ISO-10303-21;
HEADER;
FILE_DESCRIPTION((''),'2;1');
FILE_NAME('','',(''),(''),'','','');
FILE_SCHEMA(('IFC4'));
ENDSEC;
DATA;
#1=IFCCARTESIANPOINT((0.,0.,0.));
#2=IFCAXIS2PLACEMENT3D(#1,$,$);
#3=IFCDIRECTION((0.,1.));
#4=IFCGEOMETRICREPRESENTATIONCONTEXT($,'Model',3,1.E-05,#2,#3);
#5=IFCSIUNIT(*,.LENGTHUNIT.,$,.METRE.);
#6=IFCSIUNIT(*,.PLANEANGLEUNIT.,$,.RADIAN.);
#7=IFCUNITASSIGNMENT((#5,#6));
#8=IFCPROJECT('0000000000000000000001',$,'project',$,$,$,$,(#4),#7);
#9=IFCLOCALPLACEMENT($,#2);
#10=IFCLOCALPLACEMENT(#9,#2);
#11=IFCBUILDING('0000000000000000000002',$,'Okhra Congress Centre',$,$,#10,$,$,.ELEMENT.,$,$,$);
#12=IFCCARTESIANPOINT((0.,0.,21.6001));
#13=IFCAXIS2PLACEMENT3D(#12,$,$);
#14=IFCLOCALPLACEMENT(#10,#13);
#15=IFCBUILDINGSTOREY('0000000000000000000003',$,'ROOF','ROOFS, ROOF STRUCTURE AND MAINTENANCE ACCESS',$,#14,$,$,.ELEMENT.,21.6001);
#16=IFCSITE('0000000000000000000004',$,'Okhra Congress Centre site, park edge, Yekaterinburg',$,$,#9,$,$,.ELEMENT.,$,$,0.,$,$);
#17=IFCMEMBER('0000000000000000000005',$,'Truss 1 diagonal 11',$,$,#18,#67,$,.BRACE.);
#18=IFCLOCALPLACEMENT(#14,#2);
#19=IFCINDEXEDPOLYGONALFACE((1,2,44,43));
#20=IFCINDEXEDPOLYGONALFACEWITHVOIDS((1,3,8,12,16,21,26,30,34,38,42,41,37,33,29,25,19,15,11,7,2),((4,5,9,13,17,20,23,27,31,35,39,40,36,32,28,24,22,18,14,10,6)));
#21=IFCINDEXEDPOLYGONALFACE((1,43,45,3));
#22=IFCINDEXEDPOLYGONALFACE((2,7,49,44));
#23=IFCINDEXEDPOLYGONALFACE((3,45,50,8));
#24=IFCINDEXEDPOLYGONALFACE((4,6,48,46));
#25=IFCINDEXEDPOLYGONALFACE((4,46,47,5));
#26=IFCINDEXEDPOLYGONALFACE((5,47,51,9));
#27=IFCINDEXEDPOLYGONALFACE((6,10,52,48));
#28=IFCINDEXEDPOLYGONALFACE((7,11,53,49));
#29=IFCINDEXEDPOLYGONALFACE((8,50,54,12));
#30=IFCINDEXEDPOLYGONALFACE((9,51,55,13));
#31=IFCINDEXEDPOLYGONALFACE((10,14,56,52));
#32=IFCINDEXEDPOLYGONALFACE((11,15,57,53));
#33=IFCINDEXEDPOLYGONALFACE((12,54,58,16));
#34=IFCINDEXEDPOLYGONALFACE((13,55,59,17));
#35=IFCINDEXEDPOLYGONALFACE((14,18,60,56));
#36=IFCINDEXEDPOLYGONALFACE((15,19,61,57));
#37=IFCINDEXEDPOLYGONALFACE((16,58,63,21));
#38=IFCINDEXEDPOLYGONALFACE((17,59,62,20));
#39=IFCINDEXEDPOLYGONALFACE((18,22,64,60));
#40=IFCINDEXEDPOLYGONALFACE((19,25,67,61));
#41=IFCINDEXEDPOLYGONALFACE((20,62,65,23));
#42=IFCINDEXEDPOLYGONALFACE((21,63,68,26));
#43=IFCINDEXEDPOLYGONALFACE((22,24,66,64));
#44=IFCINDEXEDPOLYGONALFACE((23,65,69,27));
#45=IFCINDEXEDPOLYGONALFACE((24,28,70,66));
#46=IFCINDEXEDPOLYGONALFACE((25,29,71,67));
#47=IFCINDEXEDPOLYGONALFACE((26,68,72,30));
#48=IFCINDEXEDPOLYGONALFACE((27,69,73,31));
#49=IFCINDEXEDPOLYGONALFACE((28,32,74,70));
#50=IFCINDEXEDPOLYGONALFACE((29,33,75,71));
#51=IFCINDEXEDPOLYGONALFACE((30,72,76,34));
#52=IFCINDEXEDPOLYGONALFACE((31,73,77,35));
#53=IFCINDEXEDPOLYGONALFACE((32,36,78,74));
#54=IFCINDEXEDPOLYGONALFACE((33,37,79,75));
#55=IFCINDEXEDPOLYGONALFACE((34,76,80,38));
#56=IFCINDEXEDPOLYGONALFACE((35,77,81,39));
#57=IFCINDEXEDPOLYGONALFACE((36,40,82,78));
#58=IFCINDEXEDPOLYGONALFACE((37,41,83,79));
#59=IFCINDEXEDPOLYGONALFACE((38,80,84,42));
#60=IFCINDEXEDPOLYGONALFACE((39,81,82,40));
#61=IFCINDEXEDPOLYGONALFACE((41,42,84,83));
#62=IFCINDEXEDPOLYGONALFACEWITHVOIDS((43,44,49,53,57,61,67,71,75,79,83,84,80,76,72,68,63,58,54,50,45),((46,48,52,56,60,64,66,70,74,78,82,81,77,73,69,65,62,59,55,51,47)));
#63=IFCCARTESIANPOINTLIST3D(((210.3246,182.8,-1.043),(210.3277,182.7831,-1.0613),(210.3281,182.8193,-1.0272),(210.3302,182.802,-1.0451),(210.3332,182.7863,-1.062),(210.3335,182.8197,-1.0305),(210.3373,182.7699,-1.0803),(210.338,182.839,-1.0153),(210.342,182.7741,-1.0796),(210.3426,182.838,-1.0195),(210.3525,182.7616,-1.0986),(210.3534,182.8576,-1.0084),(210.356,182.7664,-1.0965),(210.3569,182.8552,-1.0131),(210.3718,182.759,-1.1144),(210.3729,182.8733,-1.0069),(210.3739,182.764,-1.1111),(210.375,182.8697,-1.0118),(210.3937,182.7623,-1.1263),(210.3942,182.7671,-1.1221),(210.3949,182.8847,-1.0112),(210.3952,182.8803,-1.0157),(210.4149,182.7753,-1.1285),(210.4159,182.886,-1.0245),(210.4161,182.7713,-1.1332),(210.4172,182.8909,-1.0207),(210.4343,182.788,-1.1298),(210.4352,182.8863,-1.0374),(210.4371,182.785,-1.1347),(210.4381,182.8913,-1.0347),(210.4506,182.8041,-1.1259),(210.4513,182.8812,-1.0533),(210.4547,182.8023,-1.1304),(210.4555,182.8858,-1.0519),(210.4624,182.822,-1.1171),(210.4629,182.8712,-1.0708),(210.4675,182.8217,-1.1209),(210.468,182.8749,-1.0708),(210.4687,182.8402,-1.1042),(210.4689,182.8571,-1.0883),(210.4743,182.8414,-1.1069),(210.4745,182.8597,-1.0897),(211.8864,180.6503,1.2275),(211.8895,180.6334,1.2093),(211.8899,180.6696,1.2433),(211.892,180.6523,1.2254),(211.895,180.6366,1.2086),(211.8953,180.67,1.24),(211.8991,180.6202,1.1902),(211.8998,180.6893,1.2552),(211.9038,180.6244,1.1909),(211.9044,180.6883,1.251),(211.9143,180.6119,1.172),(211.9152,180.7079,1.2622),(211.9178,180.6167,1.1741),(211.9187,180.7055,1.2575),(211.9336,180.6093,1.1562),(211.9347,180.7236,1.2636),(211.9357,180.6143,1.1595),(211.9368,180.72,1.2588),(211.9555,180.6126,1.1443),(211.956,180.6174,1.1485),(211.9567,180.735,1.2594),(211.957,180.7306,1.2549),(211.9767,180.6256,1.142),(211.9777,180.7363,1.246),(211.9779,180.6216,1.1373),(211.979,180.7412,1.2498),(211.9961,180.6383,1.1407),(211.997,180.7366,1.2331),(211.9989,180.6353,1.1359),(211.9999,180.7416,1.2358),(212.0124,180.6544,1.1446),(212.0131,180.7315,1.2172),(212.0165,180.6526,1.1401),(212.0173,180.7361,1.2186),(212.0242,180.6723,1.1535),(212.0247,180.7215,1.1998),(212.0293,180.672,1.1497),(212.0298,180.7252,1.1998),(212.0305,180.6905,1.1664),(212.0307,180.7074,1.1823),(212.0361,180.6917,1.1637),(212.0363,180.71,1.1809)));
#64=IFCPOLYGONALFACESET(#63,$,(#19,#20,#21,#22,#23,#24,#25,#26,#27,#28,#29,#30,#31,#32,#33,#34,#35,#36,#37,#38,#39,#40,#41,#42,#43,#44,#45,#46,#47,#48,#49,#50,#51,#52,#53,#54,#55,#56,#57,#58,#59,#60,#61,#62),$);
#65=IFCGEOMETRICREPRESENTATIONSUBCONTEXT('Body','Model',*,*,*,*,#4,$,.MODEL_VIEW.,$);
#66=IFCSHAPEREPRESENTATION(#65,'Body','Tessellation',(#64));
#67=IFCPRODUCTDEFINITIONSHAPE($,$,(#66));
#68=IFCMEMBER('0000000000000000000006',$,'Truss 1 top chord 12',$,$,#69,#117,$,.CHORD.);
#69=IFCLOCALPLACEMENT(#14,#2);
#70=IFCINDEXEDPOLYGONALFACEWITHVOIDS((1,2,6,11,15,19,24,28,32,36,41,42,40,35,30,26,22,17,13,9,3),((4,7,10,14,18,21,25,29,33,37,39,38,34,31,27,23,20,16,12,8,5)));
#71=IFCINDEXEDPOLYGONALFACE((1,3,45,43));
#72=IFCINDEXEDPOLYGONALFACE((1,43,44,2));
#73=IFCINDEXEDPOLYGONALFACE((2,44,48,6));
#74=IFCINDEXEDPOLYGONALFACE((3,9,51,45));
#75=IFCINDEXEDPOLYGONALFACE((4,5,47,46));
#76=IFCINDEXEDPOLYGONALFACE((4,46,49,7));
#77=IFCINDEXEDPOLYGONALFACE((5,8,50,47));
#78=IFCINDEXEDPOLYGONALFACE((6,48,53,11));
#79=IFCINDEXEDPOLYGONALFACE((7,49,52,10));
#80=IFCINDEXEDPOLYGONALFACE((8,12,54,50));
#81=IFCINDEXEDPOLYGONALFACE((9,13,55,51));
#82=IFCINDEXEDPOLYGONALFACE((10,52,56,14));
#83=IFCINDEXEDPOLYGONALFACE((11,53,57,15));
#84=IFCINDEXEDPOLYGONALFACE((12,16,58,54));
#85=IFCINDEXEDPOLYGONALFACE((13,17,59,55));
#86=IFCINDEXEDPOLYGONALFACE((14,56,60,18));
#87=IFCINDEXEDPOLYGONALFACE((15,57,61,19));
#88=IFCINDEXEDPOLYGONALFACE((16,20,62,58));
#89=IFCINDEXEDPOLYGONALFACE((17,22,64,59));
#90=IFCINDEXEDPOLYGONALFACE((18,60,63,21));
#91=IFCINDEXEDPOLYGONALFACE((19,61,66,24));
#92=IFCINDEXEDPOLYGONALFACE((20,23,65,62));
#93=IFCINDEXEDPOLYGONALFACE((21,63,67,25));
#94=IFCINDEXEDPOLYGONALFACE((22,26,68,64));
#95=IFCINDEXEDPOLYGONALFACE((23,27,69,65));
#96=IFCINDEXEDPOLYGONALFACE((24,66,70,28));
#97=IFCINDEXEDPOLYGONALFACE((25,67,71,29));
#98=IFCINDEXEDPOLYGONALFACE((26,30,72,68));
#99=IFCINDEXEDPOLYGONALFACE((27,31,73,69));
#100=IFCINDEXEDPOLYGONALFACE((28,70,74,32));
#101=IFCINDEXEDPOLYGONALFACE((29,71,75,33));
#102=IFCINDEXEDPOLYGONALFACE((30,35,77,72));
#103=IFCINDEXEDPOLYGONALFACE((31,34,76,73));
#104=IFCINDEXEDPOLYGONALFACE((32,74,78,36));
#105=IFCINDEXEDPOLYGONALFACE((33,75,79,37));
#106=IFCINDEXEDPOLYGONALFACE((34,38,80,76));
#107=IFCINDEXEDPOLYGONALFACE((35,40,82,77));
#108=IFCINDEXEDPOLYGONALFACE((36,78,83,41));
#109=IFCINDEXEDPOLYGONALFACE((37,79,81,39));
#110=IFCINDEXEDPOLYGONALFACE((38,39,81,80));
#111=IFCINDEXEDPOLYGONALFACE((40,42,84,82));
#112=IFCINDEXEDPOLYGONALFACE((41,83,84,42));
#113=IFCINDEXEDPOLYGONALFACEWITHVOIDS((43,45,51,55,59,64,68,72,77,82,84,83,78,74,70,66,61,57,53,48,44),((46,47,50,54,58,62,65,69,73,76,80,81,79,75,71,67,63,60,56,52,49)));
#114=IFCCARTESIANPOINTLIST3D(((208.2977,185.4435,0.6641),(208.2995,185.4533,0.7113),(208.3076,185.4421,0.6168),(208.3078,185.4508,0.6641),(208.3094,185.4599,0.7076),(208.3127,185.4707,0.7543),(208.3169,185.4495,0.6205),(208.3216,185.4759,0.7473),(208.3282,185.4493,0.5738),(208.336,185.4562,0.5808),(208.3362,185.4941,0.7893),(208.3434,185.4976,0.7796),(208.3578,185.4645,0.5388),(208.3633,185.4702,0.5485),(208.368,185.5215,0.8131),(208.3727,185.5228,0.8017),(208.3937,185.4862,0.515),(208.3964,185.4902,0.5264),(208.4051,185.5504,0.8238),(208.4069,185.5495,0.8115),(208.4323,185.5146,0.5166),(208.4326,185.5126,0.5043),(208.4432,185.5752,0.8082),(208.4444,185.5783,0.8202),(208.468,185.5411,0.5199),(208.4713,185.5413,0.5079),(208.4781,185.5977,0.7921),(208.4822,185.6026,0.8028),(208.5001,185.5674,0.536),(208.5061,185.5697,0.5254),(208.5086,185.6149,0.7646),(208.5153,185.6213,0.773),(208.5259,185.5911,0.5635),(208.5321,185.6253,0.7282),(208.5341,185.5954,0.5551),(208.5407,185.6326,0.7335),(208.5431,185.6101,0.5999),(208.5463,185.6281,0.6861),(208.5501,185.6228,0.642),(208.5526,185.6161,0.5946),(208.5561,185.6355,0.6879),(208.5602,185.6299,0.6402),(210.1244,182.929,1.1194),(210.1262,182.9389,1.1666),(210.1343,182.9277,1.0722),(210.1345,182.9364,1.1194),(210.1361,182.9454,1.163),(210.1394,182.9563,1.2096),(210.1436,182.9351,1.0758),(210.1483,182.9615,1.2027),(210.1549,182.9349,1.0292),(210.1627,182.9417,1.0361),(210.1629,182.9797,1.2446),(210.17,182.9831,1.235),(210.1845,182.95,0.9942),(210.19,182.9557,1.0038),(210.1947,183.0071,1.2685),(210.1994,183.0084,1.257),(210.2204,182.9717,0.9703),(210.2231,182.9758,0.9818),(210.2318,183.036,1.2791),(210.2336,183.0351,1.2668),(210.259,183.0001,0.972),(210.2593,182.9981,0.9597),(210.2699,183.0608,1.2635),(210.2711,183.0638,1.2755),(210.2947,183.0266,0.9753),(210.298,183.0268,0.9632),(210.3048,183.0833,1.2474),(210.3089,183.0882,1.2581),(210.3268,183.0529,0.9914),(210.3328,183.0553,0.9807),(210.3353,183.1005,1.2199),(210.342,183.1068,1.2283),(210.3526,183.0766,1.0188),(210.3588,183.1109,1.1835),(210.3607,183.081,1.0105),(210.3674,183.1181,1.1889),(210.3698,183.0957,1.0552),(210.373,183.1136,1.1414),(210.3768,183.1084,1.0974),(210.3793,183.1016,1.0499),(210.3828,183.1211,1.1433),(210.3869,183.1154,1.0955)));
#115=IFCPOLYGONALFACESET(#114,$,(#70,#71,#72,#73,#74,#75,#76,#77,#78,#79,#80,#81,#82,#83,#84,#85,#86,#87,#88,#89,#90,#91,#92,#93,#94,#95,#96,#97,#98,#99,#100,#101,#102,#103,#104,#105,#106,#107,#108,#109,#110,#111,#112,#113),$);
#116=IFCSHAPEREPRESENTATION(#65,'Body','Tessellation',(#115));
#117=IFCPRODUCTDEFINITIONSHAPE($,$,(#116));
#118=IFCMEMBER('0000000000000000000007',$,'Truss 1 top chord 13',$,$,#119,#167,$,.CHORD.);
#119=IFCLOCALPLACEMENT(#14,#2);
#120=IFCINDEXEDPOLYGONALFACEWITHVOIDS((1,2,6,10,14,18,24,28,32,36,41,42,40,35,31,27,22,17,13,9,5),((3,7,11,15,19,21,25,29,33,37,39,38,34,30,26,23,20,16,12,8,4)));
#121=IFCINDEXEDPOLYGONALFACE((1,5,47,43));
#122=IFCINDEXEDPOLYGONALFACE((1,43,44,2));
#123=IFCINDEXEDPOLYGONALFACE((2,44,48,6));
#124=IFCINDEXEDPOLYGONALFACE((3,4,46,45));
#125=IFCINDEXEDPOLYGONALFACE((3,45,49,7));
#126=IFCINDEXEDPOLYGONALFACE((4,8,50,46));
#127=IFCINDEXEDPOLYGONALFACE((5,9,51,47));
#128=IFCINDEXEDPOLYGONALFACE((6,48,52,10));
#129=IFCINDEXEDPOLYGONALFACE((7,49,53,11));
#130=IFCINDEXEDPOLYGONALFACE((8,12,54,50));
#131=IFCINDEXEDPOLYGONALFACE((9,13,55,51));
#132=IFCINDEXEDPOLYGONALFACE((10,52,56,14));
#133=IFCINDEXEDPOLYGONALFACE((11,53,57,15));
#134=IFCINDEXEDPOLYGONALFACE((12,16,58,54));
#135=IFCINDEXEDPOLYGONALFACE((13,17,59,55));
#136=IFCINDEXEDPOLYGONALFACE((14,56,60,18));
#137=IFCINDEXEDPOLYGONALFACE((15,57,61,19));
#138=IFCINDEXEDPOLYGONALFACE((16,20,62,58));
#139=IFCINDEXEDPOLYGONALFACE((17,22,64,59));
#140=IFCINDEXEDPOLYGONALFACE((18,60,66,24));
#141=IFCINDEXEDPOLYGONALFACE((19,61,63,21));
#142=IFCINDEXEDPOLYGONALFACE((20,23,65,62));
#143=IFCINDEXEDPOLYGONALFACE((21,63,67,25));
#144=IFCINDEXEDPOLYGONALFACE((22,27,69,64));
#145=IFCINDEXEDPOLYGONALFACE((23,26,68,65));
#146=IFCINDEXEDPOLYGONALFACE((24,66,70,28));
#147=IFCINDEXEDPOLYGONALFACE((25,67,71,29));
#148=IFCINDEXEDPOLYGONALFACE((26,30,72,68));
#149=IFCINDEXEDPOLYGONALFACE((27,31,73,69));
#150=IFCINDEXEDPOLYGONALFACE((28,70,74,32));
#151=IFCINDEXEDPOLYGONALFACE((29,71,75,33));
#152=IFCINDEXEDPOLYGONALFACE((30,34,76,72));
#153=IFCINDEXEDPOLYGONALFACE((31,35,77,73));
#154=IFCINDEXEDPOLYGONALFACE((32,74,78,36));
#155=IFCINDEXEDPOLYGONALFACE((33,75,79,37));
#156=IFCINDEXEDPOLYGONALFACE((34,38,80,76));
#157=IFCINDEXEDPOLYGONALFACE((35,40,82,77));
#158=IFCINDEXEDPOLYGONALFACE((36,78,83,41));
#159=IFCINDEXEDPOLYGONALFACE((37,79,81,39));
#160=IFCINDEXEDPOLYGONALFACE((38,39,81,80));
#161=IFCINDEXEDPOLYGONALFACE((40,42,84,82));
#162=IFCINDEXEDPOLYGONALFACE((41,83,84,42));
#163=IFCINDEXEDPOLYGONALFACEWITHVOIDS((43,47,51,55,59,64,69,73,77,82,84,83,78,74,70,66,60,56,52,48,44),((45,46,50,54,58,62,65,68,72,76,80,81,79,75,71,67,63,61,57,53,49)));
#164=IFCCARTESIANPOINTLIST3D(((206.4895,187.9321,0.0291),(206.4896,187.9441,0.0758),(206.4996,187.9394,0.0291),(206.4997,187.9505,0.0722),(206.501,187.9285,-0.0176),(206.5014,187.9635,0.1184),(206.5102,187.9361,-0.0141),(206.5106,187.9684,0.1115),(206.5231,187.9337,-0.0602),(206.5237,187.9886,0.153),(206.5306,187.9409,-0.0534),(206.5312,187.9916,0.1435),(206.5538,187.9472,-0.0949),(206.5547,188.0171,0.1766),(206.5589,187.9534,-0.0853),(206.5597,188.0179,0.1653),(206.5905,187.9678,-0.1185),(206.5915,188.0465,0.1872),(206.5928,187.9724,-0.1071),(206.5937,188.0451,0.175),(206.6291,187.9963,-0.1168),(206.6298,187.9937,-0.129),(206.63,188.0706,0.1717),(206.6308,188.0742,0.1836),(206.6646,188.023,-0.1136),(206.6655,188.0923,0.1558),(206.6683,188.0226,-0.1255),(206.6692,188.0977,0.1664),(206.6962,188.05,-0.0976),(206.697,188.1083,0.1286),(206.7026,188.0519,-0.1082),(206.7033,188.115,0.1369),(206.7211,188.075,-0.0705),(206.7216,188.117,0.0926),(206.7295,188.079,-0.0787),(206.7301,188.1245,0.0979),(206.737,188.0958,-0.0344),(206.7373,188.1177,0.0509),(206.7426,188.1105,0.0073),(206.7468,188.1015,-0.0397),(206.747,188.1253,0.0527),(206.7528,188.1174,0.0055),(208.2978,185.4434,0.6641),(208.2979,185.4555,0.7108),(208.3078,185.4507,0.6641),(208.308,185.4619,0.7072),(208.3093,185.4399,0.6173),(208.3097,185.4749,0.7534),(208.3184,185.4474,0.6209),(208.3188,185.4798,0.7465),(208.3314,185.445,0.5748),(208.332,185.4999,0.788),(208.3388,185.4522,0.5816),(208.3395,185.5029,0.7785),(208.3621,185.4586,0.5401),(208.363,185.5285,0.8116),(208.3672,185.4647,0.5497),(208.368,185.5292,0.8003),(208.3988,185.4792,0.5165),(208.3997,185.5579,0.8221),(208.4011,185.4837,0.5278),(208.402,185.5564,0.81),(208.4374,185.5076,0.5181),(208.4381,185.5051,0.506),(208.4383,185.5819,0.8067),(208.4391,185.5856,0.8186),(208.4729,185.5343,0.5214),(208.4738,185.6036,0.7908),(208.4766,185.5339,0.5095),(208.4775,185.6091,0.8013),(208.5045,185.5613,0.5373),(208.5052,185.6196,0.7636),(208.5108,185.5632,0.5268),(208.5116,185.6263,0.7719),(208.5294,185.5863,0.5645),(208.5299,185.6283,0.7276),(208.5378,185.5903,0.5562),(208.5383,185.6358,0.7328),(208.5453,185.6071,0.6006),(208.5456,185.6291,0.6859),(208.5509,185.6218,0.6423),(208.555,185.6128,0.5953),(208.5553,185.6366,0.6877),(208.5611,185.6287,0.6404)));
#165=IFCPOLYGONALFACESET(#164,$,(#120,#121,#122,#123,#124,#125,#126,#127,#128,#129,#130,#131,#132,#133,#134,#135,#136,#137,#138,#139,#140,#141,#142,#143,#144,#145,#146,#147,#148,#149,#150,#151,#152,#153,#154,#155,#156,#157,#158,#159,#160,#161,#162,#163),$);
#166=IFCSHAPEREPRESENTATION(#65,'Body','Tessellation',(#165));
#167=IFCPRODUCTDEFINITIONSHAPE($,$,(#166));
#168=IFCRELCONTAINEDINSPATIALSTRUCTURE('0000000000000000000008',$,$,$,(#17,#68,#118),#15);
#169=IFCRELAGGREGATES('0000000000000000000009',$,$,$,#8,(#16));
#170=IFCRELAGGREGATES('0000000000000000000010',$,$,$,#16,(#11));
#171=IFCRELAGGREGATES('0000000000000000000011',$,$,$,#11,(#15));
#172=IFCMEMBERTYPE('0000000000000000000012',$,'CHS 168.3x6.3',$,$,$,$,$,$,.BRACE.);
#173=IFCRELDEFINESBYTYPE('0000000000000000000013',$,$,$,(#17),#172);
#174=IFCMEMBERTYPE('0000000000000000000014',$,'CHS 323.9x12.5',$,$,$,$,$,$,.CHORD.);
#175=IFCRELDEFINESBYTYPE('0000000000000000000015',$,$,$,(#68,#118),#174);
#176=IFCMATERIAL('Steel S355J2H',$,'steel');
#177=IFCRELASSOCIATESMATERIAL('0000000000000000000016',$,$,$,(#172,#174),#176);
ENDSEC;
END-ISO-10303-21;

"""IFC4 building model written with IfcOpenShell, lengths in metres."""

from ifc_helpers import new_model, si_unit, direction, frame, origin, origin_2d, place, context, subcontext, project, spatial, hollow_circle, extrude, material, material_profile, profile_set, type_object, element, save


model = new_model("IFC4")

# Units and contexts
model_context = context("Model", 3, precision=1e-05, world=origin(), true_north=direction((0.0, 1.0)))
body_context = subcontext(model_context, "Body", "Model", "MODEL_VIEW")
ifc_project = project(units=[si_unit("LENGTHUNIT", "METRE"), si_unit("PLANEANGLEUNIT", "RADIAN")], contexts=[model_context])

# Site, building, storey
site_placement = place(None, origin())
site = spatial("IfcSite", under=ifc_project, at=site_placement, Name="Okhra Congress Centre site, park edge, Yekaterinburg", CompositionType="ELEMENT", RefElevation=0.0)
building_placement = place(site_placement, origin())
building = spatial("IfcBuilding", under=site, at=building_placement, Name="Okhra Congress Centre", CompositionType="ELEMENT")
storey_placement = place(building_placement, frame((0.0, 0.0, 21.6001)))
storey = spatial("IfcBuildingStorey", under=building, at=storey_placement, Name="ROOF", Description="ROOFS, ROOF STRUCTURE AND MAINTENANCE ACCESS", CompositionType="ELEMENT", Elevation=21.6001)

# Members
ifc_material_1 = material(Name="Steel S355J2H", Category="steel")
ifc_material_profile_1 = material_profile(ifc_material_1, hollow_circle(Radius=0.0842, WallThickness=0.0063, at=origin_2d()), Name="CHS 168.3x6.3")
ifc_profile_set_1 = profile_set([ifc_material_profile_1], Name="Steel S355J2H")
member_type_1 = type_object("IfcMemberType", Name="CHS 168.3x6.3", PredefinedType="BRACE", material=ifc_profile_set_1)
member_1_placement = place(storey_placement, frame((210.3999, 182.8254, -1.0708), z_axis=(0.446852, -0.615058, 0.649636), x_axis=(0.809026, 0.587773, 0.0)))
element("IfcMember", 1, at=member_1_placement, inside=storey, type_object=member_type_1, Name="Truss 1 diagonal 11", PredefinedType="BRACE", context=body_context, shape_type="SweptSolid", body=[
    extrude(hollow_circle(Radius=0.0842, WallThickness=0.0063, at=origin_2d()), origin(), (0.0, 0.0, 1.0), 3.4951),
])
ifc_material_profile_2 = material_profile(ifc_material_1, hollow_circle(Radius=0.1619, WallThickness=0.0125, at=origin_2d()), Name="CHS 323.9x12.5")
ifc_profile_set_2 = profile_set([ifc_material_profile_2], Name="Steel S355J2H")
member_type_2 = type_object("IfcMemberType", Name="CHS 323.9x12.5", PredefinedType="CHORD", material=ifc_profile_set_2)
for number, where, z_axis, x_axis, name in (
    (2, (210.2554, 183.0242, 1.1194), (-0.581543, 0.800496, -0.144958), (-0.809042, -0.587751, 0.0), "Truss 1 top chord 12"),
    (3, (208.4287, 185.5386, 0.6641), (-0.575682, 0.792291, -0.202153), (-0.808993, -0.587818, 0.0), "Truss 1 top chord 13"),
):
    element("IfcMember", number, at=place(storey_placement, frame(where, z_axis=z_axis, x_axis=x_axis)), inside=storey, type_object=member_type_2, Name=name, PredefinedType="CHORD", context=body_context, shape_type="SweptSolid", body=[
        extrude(hollow_circle(Radius=0.1619, WallThickness=0.0125, at=origin_2d()), origin(), (0.0, 0.0, 1.0), 3.1411),
    ])

save(model, "model.ifc")
